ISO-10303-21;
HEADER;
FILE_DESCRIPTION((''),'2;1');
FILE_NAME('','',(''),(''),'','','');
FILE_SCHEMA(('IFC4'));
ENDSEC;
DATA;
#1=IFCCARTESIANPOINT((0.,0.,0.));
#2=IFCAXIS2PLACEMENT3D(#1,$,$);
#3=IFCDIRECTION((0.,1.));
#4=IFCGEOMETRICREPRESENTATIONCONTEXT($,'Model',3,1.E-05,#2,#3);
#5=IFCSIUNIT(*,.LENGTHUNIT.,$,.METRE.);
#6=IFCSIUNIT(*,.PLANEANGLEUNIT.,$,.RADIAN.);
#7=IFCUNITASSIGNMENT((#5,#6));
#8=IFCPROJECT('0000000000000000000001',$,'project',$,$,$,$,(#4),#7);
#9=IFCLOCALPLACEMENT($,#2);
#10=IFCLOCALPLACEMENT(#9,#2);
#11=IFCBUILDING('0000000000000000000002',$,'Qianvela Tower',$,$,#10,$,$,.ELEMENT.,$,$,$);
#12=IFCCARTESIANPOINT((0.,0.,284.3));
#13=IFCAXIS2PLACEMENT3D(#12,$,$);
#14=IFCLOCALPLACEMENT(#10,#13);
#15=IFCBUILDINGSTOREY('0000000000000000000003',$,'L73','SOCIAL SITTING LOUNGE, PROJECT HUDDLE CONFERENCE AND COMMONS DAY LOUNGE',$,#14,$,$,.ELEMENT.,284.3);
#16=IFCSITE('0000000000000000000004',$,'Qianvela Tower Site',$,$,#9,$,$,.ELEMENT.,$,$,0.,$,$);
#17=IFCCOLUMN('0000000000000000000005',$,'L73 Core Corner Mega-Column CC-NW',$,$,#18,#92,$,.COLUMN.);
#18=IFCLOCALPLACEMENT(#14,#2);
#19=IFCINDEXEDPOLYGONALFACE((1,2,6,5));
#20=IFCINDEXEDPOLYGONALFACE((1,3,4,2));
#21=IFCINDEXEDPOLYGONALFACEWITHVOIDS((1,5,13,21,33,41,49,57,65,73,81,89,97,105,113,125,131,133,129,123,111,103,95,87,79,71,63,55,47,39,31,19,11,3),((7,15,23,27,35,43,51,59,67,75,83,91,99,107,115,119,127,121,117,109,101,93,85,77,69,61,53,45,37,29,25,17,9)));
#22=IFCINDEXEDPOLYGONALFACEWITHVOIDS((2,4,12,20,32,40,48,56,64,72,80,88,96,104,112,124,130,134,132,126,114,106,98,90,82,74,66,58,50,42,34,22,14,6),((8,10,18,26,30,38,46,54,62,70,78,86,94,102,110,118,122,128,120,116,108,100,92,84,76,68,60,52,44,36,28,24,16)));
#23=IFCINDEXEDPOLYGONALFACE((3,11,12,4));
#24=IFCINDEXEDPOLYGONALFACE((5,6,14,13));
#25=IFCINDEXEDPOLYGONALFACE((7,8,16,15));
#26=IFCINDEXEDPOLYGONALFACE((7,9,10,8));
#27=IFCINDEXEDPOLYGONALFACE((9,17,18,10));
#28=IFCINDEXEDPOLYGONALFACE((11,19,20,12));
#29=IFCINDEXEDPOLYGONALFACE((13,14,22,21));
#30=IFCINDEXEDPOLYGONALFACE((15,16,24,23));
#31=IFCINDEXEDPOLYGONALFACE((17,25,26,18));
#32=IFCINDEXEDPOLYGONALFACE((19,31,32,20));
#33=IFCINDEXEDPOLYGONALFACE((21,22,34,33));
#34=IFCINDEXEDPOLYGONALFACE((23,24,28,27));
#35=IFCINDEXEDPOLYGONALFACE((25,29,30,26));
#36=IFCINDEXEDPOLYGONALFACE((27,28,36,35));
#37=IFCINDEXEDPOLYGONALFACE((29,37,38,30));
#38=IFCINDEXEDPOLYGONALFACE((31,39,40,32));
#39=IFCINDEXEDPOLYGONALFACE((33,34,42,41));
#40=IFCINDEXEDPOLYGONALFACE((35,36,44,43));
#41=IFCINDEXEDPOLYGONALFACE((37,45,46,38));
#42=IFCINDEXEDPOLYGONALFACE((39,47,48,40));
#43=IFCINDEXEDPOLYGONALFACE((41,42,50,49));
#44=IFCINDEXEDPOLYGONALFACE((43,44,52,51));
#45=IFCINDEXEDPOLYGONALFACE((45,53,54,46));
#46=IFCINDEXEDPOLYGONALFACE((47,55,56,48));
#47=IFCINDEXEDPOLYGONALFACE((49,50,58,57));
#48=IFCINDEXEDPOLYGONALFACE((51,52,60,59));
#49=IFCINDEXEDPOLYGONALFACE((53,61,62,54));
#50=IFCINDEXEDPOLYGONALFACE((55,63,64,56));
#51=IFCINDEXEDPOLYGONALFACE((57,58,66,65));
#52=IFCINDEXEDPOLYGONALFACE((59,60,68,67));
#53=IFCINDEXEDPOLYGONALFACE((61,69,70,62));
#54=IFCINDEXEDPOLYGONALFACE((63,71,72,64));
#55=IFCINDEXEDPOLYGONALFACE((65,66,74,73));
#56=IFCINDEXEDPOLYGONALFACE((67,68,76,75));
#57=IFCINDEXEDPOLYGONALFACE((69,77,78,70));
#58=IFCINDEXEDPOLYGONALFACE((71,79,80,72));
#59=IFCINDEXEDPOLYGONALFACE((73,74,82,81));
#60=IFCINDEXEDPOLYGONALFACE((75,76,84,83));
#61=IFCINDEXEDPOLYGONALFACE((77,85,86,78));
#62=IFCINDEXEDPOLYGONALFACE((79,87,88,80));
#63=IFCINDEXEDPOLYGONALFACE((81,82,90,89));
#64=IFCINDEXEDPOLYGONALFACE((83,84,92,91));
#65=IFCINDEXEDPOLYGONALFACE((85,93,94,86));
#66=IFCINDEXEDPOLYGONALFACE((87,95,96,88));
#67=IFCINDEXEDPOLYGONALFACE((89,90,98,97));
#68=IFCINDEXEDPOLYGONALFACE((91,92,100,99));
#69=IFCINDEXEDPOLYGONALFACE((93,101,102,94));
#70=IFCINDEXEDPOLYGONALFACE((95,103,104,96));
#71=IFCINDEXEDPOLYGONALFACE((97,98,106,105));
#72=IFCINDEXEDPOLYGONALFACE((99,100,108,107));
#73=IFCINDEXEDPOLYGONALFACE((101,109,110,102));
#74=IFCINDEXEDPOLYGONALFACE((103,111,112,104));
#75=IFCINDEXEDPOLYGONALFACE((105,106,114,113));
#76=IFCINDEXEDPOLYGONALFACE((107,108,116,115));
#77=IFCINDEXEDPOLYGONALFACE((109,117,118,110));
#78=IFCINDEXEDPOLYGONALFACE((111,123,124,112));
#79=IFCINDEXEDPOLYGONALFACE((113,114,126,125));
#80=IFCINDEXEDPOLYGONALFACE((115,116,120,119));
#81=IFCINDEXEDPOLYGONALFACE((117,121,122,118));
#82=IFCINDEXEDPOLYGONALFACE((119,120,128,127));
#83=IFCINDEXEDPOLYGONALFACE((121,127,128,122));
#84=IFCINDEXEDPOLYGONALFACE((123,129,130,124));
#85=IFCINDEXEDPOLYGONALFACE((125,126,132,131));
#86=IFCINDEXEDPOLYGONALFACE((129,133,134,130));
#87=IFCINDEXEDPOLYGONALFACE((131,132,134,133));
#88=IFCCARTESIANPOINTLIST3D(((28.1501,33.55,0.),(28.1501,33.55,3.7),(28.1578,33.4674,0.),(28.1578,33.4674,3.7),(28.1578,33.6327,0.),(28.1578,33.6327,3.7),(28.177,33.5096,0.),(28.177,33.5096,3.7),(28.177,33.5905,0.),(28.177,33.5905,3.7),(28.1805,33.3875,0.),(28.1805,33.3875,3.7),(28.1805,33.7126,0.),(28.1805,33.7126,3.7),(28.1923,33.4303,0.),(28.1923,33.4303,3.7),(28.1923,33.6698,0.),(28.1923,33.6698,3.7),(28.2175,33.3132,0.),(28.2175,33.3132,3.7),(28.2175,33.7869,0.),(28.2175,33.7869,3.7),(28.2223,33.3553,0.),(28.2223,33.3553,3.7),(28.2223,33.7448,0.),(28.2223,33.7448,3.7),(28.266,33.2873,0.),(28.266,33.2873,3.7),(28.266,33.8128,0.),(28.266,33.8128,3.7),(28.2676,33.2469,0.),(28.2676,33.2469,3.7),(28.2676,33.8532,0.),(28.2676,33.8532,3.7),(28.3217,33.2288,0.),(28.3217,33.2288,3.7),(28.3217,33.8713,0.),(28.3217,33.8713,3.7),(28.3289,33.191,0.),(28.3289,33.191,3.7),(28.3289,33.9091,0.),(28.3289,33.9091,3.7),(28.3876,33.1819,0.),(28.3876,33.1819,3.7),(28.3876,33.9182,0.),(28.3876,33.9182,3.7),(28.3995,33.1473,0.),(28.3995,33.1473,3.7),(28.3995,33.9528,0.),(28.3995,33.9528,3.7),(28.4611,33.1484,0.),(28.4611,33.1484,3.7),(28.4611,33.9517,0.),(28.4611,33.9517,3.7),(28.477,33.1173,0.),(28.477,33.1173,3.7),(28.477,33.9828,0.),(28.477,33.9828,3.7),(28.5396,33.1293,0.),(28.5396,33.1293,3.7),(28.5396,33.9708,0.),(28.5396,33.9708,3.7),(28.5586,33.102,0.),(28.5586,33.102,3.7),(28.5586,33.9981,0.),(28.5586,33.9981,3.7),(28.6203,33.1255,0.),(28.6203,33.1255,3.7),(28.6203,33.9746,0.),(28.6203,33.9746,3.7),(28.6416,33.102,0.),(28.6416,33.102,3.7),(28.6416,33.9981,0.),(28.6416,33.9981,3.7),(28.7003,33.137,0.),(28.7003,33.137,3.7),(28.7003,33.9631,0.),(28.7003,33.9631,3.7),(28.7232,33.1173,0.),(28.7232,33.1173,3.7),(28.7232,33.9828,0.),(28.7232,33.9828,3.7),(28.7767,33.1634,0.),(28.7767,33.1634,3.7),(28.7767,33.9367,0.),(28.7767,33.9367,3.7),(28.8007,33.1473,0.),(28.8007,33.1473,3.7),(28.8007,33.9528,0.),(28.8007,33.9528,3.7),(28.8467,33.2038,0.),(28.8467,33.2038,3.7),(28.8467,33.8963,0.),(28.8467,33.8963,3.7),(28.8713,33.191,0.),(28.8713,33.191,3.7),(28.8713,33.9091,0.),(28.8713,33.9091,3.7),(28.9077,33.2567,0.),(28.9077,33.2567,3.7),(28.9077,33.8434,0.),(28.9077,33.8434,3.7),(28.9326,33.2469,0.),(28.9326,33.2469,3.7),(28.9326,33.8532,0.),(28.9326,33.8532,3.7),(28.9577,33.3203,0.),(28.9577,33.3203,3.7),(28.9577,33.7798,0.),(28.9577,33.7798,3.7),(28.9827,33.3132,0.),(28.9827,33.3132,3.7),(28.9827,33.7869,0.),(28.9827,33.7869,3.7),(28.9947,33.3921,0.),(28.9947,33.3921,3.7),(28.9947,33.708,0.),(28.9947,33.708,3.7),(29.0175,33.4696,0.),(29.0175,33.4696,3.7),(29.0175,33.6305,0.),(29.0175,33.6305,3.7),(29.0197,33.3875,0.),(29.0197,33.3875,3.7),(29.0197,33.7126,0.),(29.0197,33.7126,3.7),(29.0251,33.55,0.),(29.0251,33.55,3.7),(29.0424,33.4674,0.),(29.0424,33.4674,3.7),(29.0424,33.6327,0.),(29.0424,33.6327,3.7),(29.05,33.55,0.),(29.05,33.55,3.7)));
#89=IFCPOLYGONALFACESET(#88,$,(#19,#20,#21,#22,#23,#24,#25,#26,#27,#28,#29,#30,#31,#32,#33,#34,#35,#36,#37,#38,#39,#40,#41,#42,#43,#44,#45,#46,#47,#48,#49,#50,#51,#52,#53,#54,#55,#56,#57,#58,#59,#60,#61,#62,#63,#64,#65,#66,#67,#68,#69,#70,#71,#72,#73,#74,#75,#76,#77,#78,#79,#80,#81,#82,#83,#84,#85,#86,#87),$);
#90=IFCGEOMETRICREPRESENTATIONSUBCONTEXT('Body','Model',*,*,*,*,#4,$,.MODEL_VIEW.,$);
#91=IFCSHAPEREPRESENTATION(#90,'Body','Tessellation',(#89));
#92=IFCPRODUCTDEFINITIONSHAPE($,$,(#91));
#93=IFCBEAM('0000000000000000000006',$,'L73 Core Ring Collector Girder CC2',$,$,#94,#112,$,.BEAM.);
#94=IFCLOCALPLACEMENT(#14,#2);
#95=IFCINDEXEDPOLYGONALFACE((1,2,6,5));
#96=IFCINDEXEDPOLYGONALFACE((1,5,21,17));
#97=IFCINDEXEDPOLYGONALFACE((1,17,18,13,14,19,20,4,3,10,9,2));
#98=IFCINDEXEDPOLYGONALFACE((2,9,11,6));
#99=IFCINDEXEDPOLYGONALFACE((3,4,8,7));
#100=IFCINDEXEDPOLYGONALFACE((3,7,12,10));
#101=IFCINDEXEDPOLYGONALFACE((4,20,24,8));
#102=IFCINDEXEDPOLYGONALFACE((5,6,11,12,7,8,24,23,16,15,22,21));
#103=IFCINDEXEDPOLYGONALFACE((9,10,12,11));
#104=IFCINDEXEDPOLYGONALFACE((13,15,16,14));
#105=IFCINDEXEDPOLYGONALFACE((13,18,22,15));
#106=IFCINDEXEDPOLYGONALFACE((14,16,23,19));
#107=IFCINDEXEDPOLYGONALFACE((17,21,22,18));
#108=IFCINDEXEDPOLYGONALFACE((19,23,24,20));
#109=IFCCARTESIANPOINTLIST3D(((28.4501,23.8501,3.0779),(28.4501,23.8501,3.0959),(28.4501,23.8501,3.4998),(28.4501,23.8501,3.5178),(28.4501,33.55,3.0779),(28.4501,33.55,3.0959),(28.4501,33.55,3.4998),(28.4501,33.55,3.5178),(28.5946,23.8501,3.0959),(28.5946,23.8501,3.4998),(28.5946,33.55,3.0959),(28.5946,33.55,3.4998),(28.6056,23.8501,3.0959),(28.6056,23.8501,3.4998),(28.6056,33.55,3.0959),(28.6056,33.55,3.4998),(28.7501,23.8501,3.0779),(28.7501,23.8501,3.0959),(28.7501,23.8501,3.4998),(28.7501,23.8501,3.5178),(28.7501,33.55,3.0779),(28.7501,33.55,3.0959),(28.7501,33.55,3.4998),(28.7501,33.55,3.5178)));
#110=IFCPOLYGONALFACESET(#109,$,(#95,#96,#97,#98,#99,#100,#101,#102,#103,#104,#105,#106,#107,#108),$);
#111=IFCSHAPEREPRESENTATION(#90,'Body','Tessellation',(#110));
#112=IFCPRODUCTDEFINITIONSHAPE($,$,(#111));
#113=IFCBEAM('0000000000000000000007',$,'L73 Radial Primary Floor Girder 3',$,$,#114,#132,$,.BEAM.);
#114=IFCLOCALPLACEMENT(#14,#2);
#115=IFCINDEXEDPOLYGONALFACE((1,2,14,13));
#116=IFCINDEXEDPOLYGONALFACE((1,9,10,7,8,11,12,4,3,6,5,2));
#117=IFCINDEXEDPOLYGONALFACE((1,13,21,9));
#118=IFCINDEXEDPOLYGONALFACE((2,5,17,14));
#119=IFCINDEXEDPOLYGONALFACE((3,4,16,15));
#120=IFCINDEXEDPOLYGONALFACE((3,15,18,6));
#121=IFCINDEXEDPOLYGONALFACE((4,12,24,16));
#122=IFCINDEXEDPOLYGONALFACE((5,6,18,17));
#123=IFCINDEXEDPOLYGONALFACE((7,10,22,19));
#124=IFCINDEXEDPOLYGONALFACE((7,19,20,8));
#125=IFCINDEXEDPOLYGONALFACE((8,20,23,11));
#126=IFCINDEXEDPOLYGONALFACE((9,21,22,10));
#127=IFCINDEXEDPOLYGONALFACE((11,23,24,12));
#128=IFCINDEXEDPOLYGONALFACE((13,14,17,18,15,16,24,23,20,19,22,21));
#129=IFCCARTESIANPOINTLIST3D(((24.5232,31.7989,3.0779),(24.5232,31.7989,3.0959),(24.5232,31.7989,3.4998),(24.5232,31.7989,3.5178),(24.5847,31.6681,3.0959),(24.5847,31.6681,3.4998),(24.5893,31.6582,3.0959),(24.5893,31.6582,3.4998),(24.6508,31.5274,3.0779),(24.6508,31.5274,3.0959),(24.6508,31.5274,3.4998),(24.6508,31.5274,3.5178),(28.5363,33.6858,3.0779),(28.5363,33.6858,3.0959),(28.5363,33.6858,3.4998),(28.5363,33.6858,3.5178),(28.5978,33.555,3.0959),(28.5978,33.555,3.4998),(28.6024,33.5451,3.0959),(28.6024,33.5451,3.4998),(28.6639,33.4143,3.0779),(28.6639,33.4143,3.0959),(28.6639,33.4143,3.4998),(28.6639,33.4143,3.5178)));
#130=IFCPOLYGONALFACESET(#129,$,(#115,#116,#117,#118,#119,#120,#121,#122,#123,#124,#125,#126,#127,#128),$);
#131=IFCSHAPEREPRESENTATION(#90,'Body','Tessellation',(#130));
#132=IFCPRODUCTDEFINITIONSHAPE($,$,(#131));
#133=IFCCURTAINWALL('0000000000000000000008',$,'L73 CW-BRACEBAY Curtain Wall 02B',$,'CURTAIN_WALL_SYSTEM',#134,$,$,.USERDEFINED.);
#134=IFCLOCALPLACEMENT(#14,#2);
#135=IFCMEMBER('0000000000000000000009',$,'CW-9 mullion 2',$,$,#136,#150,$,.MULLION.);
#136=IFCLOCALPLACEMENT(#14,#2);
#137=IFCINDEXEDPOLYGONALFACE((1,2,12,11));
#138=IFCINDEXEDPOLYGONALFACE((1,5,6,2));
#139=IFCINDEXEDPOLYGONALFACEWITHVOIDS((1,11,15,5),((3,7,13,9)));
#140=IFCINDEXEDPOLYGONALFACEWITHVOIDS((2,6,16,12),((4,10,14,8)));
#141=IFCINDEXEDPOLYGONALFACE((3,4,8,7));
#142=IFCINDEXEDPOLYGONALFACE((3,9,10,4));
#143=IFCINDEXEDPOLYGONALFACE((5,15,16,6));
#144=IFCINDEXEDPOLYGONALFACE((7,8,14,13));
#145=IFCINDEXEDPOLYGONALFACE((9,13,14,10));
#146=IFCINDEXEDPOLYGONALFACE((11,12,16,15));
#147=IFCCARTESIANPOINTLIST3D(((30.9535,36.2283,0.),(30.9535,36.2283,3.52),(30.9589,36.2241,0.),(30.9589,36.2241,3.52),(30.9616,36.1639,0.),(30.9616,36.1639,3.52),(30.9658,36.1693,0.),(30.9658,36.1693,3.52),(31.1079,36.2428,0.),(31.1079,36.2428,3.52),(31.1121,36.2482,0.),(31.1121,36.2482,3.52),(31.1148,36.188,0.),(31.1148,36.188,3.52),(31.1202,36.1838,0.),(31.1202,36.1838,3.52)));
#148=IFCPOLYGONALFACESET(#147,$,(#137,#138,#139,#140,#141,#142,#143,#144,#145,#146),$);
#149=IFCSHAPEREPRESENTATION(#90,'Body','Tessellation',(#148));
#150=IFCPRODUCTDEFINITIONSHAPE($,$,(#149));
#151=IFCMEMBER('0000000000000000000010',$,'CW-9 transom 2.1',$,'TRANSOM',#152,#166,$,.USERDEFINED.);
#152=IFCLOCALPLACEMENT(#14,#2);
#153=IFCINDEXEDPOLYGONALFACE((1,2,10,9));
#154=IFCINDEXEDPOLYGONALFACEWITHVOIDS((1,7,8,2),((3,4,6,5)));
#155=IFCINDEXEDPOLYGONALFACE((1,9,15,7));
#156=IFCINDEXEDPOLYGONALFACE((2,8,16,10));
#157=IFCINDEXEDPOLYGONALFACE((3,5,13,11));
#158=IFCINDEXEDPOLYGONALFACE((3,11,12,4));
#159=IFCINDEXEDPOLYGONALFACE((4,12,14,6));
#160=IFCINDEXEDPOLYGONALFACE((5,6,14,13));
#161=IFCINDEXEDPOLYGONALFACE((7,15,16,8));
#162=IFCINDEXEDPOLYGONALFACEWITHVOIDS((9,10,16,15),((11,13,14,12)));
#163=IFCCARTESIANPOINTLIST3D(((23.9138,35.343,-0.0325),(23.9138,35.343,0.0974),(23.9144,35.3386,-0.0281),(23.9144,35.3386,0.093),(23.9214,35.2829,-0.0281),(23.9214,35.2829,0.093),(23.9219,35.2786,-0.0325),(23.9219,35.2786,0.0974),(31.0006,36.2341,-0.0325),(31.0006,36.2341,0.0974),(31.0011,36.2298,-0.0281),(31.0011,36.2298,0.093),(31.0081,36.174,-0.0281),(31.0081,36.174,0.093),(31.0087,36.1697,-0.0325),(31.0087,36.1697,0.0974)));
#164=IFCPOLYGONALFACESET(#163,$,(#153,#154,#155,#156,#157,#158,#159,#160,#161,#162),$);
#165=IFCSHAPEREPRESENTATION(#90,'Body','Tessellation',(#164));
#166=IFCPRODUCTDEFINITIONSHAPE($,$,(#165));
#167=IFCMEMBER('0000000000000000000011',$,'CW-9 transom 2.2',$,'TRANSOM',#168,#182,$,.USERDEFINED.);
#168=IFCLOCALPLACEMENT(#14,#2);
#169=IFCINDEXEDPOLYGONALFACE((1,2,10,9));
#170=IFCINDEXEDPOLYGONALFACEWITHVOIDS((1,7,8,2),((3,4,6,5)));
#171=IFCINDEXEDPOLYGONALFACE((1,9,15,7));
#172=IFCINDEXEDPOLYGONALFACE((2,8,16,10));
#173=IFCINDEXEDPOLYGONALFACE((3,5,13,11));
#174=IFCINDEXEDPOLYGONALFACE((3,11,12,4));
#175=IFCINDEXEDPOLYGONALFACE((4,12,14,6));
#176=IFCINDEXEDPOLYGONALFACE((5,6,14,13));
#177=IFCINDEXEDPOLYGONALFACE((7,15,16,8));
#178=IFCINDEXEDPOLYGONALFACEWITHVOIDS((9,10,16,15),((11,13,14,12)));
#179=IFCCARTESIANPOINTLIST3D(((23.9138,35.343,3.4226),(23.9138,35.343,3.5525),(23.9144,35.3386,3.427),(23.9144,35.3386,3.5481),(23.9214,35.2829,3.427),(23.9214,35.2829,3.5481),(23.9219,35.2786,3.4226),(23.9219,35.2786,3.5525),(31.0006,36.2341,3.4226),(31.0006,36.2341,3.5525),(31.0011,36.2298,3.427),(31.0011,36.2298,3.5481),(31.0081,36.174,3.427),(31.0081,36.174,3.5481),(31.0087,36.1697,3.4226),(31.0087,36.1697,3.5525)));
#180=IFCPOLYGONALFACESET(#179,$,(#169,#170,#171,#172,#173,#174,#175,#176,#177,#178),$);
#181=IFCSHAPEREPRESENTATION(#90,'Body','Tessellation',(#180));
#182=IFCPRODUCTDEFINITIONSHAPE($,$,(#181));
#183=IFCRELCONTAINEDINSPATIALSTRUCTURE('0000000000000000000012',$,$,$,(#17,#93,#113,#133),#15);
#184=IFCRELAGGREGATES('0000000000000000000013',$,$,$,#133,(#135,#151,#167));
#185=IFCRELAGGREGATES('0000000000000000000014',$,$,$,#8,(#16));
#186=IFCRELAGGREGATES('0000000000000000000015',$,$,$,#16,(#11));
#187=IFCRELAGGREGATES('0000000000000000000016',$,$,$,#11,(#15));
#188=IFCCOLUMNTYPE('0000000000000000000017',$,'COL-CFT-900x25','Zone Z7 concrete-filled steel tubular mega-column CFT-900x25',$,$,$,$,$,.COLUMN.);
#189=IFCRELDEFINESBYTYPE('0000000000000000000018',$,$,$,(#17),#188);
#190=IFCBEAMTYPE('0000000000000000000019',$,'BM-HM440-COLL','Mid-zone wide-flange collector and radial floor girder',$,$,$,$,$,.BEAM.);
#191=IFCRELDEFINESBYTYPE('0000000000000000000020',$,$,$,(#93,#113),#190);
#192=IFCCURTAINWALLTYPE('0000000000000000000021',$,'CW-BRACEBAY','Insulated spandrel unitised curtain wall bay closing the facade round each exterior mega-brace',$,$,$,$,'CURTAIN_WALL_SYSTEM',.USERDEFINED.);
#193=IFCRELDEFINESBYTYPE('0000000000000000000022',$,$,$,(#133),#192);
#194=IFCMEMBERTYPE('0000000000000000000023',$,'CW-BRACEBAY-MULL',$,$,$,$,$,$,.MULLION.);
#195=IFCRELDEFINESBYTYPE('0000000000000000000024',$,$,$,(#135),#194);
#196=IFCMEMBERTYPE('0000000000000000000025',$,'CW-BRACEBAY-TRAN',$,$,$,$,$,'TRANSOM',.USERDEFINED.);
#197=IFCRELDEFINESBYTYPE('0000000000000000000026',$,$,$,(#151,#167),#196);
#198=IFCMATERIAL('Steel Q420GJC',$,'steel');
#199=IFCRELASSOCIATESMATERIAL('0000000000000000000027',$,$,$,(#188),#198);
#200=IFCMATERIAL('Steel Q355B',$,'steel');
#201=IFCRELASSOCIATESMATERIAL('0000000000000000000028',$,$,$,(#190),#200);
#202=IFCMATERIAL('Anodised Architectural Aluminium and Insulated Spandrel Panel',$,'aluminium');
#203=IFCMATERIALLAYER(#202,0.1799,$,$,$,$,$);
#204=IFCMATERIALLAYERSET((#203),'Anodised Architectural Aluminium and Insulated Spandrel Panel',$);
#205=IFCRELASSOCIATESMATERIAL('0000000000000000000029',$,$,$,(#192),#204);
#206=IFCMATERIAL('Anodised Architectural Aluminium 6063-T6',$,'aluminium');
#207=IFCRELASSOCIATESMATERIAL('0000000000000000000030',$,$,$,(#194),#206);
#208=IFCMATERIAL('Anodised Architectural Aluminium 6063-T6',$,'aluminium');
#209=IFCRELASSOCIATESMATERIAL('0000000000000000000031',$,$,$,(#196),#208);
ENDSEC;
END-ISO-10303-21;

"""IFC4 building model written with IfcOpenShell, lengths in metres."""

from ifc_helpers import new_model, si_unit, direction, frame, origin, origin_2d, place, context, subcontext, project, spatial, hollow_rectangle, hollow_circle, i_section, extrude, material, layer, layer_set, material_profile, profile_set, type_object, element, aggregate, save


model = new_model("IFC4")

# Units and contexts
model_context = context("Model", 3, precision=1e-05, world=origin(), true_north=direction((0.0, 1.0)))
body_context = subcontext(model_context, "Body", "Model", "MODEL_VIEW")
ifc_project = project(units=[si_unit("LENGTHUNIT", "METRE"), si_unit("PLANEANGLEUNIT", "RADIAN")], contexts=[model_context])

# Site, building, storey
site_placement = place(None, origin())
site = spatial("IfcSite", under=ifc_project, at=site_placement, Name="Qianvela Tower Site", CompositionType="ELEMENT", RefElevation=0.0)
building_placement = place(site_placement, origin())
building = spatial("IfcBuilding", under=site, at=building_placement, Name="Qianvela Tower", CompositionType="ELEMENT")
storey_placement = place(building_placement, frame((0.0, 0.0, 284.3)))
storey = spatial("IfcBuildingStorey", under=building, at=storey_placement, Name="L73", Description="SOCIAL SITTING LOUNGE, PROJECT HUDDLE CONFERENCE AND COMMONS DAY LOUNGE", CompositionType="ELEMENT", Elevation=284.3)

# Column
ifc_material_1 = material(Name="Steel Q420GJC", Category="steel")
ifc_material_profile_1 = material_profile(ifc_material_1, hollow_circle(Radius=0.45, WallThickness=0.0249, at=origin_2d()), Name="CFT-900x25")
ifc_profile_set_1 = profile_set([ifc_material_profile_1], Name="Steel Q420GJC")
column_type = type_object("IfcColumnType", Name="COL-CFT-900x25", Description="Zone Z7 concrete-filled steel tubular mega-column CFT-900x25", PredefinedType="COLUMN", material=ifc_profile_set_1)
column_placement = place(storey_placement, frame((28.6001, 33.55, 0.0), z_axis=(0.0, 0.0, 1.0), x_axis=(1.0, 0.0, 0.0)))
element("IfcColumn", 1, at=column_placement, inside=storey, type_object=column_type, Name="L73 Core Corner Mega-Column CC-NW", PredefinedType="COLUMN", context=body_context, shape_type="SweptSolid", body=[
    extrude(hollow_circle(Radius=0.45, WallThickness=0.0249, at=origin_2d()), origin(), (0.0, 0.0, 1.0), 3.7),
])

# Beams
ifc_material_2 = material(Name="Steel Q355B", Category="steel")
ifc_material_profile_2 = material_profile(ifc_material_2, i_section(OverallWidth=0.3, OverallDepth=0.4399, WebThickness=0.011, FlangeThickness=0.0181, at=origin_2d()), Name="HM440x300x11x18")
ifc_profile_set_2 = profile_set([ifc_material_profile_2], Name="Steel Q355B")
beam_type = type_object("IfcBeamType", Name="BM-HM440-COLL", Description="Mid-zone wide-flange collector and radial floor girder", PredefinedType="BEAM", material=ifc_profile_set_2)
beam_1_placement = place(storey_placement, frame((28.6001, 33.55, 3.2979), z_axis=(0.0, -1.0, 0.0), x_axis=(1.0, 0.0, 0.0)))
element("IfcBeam", 2, at=beam_1_placement, inside=storey, type_object=beam_type, Name="L73 Core Ring Collector Girder CC2", PredefinedType="BEAM", context=body_context, shape_type="SweptSolid", body=[
    extrude(i_section(OverallWidth=0.3, OverallDepth=0.4399, WebThickness=0.011, FlangeThickness=0.0181, at=origin_2d()), origin(), (0.0, 0.0, 1.0), 9.7),
])
beam_2_placement = place(storey_placement, frame((28.6001, 33.55, 3.2979), z_axis=(-0.904957, -0.425503, 0.0), x_axis=(0.425503, -0.904957, 0.0)))
element("IfcBeam", 3, at=beam_2_placement, inside=storey, type_object=beam_type, Name="L73 Radial Primary Floor Girder 3", PredefinedType="BEAM", context=body_context, shape_type="SweptSolid", body=[
    extrude(i_section(OverallWidth=0.3, OverallDepth=0.4399, WebThickness=0.011, FlangeThickness=0.0181, at=origin_2d()), origin(), (0.0, 0.0, 1.0), 4.4346),
])

# Curtain wall, members
ifc_material_3 = material(Name="Anodised Architectural Aluminium and Insulated Spandrel Panel", Category="aluminium")
ifc_layer_1 = layer(ifc_material_3, 0.1799)
ifc_layer_set_1 = layer_set([ifc_layer_1], Name="Anodised Architectural Aluminium and Insulated Spandrel Panel")
curtain_wall_type = type_object("IfcCurtainWallType", Name="CW-BRACEBAY", Description="Insulated spandrel unitised curtain wall bay closing the facade round each exterior mega-brace", ElementType="CURTAIN_WALL_SYSTEM", PredefinedType="USERDEFINED", material=ifc_layer_set_1)
curtain_wall_placement = place(storey_placement, origin())
curtain_wall = element("IfcCurtainWall", 4, at=curtain_wall_placement, inside=storey, type_object=curtain_wall_type, Name="L73 CW-BRACEBAY Curtain Wall 02B", ObjectType="CURTAIN_WALL_SYSTEM", PredefinedType="USERDEFINED")
ifc_material_4 = material(Name="Anodised Architectural Aluminium 6063-T6", Category="aluminium")
ifc_material_profile_3 = material_profile(ifc_material_4, hollow_rectangle(XDim=0.0649, YDim=0.1599, WallThickness=0.0049, at=origin_2d()), Name="ALU-MULL-65x160")
ifc_profile_set_3 = profile_set([ifc_material_profile_3], Name="Anodised Architectural Aluminium 6063-T6")
member_type_1 = type_object("IfcMemberType", Name="CW-BRACEBAY-MULL", PredefinedType="MULLION", material=ifc_profile_set_3)
member_1_placement = place(storey_placement, frame((31.0369, 36.2061, 0.0), z_axis=(0.0, 0.0, 1.0), x_axis=(0.124766, -0.992186, 0.0)))
member_1 = element("IfcMember", 5, at=member_1_placement, type_object=member_type_1, Name="CW-9 mullion 2", PredefinedType="MULLION", context=body_context, shape_type="SweptSolid", body=[
    extrude(hollow_rectangle(XDim=0.0649, YDim=0.1599, WallThickness=0.0049, at=origin_2d()), origin(), (0.0, 0.0, 1.0), 3.52),
])
ifc_material_5 = material(Name="Anodised Architectural Aluminium 6063-T6", Category="aluminium")
ifc_material_profile_4 = material_profile(ifc_material_5, hollow_rectangle(XDim=0.0649, YDim=0.1299, WallThickness=0.0044, at=origin_2d()), Name="ALU-TRAN-65x130")
ifc_profile_set_4 = profile_set([ifc_material_profile_4], Name="Anodised Architectural Aluminium 6063-T6")
member_type_2 = type_object("IfcMemberType", Name="CW-BRACEBAY-TRAN", ElementType="TRANSOM", PredefinedType="USERDEFINED", material=ifc_profile_set_4)
member_2_placement = place(storey_placement, frame((31.0046, 36.2019, 0.0325), z_axis=(-0.992187, -0.124763, 0.0), x_axis=(0.124763, -0.992187, 0.0)))
member_2 = element("IfcMember", 6, at=member_2_placement, type_object=member_type_2, Name="CW-9 transom 2.1", ObjectType="TRANSOM", PredefinedType="USERDEFINED", context=body_context, shape_type="SweptSolid", body=[
    extrude(hollow_rectangle(XDim=0.0649, YDim=0.1299, WallThickness=0.0044, at=origin_2d()), origin(), (0.0, 0.0, 1.0), 7.1426),
])
member_3_placement = place(storey_placement, frame((31.0046, 36.2019, 3.4875), z_axis=(-0.992187, -0.124763, 0.0), x_axis=(0.124763, -0.992187, 0.0)))
member_3 = element("IfcMember", 7, at=member_3_placement, type_object=member_type_2, Name="CW-9 transom 2.2", ObjectType="TRANSOM", PredefinedType="USERDEFINED", context=body_context, shape_type="SweptSolid", body=[
    extrude(hollow_rectangle(XDim=0.0649, YDim=0.1299, WallThickness=0.0044, at=origin_2d()), origin(), (0.0, 0.0, 1.0), 7.1426),
])
aggregate(curtain_wall, [member_1, member_2, member_3])

save(model, "model.ifc")
